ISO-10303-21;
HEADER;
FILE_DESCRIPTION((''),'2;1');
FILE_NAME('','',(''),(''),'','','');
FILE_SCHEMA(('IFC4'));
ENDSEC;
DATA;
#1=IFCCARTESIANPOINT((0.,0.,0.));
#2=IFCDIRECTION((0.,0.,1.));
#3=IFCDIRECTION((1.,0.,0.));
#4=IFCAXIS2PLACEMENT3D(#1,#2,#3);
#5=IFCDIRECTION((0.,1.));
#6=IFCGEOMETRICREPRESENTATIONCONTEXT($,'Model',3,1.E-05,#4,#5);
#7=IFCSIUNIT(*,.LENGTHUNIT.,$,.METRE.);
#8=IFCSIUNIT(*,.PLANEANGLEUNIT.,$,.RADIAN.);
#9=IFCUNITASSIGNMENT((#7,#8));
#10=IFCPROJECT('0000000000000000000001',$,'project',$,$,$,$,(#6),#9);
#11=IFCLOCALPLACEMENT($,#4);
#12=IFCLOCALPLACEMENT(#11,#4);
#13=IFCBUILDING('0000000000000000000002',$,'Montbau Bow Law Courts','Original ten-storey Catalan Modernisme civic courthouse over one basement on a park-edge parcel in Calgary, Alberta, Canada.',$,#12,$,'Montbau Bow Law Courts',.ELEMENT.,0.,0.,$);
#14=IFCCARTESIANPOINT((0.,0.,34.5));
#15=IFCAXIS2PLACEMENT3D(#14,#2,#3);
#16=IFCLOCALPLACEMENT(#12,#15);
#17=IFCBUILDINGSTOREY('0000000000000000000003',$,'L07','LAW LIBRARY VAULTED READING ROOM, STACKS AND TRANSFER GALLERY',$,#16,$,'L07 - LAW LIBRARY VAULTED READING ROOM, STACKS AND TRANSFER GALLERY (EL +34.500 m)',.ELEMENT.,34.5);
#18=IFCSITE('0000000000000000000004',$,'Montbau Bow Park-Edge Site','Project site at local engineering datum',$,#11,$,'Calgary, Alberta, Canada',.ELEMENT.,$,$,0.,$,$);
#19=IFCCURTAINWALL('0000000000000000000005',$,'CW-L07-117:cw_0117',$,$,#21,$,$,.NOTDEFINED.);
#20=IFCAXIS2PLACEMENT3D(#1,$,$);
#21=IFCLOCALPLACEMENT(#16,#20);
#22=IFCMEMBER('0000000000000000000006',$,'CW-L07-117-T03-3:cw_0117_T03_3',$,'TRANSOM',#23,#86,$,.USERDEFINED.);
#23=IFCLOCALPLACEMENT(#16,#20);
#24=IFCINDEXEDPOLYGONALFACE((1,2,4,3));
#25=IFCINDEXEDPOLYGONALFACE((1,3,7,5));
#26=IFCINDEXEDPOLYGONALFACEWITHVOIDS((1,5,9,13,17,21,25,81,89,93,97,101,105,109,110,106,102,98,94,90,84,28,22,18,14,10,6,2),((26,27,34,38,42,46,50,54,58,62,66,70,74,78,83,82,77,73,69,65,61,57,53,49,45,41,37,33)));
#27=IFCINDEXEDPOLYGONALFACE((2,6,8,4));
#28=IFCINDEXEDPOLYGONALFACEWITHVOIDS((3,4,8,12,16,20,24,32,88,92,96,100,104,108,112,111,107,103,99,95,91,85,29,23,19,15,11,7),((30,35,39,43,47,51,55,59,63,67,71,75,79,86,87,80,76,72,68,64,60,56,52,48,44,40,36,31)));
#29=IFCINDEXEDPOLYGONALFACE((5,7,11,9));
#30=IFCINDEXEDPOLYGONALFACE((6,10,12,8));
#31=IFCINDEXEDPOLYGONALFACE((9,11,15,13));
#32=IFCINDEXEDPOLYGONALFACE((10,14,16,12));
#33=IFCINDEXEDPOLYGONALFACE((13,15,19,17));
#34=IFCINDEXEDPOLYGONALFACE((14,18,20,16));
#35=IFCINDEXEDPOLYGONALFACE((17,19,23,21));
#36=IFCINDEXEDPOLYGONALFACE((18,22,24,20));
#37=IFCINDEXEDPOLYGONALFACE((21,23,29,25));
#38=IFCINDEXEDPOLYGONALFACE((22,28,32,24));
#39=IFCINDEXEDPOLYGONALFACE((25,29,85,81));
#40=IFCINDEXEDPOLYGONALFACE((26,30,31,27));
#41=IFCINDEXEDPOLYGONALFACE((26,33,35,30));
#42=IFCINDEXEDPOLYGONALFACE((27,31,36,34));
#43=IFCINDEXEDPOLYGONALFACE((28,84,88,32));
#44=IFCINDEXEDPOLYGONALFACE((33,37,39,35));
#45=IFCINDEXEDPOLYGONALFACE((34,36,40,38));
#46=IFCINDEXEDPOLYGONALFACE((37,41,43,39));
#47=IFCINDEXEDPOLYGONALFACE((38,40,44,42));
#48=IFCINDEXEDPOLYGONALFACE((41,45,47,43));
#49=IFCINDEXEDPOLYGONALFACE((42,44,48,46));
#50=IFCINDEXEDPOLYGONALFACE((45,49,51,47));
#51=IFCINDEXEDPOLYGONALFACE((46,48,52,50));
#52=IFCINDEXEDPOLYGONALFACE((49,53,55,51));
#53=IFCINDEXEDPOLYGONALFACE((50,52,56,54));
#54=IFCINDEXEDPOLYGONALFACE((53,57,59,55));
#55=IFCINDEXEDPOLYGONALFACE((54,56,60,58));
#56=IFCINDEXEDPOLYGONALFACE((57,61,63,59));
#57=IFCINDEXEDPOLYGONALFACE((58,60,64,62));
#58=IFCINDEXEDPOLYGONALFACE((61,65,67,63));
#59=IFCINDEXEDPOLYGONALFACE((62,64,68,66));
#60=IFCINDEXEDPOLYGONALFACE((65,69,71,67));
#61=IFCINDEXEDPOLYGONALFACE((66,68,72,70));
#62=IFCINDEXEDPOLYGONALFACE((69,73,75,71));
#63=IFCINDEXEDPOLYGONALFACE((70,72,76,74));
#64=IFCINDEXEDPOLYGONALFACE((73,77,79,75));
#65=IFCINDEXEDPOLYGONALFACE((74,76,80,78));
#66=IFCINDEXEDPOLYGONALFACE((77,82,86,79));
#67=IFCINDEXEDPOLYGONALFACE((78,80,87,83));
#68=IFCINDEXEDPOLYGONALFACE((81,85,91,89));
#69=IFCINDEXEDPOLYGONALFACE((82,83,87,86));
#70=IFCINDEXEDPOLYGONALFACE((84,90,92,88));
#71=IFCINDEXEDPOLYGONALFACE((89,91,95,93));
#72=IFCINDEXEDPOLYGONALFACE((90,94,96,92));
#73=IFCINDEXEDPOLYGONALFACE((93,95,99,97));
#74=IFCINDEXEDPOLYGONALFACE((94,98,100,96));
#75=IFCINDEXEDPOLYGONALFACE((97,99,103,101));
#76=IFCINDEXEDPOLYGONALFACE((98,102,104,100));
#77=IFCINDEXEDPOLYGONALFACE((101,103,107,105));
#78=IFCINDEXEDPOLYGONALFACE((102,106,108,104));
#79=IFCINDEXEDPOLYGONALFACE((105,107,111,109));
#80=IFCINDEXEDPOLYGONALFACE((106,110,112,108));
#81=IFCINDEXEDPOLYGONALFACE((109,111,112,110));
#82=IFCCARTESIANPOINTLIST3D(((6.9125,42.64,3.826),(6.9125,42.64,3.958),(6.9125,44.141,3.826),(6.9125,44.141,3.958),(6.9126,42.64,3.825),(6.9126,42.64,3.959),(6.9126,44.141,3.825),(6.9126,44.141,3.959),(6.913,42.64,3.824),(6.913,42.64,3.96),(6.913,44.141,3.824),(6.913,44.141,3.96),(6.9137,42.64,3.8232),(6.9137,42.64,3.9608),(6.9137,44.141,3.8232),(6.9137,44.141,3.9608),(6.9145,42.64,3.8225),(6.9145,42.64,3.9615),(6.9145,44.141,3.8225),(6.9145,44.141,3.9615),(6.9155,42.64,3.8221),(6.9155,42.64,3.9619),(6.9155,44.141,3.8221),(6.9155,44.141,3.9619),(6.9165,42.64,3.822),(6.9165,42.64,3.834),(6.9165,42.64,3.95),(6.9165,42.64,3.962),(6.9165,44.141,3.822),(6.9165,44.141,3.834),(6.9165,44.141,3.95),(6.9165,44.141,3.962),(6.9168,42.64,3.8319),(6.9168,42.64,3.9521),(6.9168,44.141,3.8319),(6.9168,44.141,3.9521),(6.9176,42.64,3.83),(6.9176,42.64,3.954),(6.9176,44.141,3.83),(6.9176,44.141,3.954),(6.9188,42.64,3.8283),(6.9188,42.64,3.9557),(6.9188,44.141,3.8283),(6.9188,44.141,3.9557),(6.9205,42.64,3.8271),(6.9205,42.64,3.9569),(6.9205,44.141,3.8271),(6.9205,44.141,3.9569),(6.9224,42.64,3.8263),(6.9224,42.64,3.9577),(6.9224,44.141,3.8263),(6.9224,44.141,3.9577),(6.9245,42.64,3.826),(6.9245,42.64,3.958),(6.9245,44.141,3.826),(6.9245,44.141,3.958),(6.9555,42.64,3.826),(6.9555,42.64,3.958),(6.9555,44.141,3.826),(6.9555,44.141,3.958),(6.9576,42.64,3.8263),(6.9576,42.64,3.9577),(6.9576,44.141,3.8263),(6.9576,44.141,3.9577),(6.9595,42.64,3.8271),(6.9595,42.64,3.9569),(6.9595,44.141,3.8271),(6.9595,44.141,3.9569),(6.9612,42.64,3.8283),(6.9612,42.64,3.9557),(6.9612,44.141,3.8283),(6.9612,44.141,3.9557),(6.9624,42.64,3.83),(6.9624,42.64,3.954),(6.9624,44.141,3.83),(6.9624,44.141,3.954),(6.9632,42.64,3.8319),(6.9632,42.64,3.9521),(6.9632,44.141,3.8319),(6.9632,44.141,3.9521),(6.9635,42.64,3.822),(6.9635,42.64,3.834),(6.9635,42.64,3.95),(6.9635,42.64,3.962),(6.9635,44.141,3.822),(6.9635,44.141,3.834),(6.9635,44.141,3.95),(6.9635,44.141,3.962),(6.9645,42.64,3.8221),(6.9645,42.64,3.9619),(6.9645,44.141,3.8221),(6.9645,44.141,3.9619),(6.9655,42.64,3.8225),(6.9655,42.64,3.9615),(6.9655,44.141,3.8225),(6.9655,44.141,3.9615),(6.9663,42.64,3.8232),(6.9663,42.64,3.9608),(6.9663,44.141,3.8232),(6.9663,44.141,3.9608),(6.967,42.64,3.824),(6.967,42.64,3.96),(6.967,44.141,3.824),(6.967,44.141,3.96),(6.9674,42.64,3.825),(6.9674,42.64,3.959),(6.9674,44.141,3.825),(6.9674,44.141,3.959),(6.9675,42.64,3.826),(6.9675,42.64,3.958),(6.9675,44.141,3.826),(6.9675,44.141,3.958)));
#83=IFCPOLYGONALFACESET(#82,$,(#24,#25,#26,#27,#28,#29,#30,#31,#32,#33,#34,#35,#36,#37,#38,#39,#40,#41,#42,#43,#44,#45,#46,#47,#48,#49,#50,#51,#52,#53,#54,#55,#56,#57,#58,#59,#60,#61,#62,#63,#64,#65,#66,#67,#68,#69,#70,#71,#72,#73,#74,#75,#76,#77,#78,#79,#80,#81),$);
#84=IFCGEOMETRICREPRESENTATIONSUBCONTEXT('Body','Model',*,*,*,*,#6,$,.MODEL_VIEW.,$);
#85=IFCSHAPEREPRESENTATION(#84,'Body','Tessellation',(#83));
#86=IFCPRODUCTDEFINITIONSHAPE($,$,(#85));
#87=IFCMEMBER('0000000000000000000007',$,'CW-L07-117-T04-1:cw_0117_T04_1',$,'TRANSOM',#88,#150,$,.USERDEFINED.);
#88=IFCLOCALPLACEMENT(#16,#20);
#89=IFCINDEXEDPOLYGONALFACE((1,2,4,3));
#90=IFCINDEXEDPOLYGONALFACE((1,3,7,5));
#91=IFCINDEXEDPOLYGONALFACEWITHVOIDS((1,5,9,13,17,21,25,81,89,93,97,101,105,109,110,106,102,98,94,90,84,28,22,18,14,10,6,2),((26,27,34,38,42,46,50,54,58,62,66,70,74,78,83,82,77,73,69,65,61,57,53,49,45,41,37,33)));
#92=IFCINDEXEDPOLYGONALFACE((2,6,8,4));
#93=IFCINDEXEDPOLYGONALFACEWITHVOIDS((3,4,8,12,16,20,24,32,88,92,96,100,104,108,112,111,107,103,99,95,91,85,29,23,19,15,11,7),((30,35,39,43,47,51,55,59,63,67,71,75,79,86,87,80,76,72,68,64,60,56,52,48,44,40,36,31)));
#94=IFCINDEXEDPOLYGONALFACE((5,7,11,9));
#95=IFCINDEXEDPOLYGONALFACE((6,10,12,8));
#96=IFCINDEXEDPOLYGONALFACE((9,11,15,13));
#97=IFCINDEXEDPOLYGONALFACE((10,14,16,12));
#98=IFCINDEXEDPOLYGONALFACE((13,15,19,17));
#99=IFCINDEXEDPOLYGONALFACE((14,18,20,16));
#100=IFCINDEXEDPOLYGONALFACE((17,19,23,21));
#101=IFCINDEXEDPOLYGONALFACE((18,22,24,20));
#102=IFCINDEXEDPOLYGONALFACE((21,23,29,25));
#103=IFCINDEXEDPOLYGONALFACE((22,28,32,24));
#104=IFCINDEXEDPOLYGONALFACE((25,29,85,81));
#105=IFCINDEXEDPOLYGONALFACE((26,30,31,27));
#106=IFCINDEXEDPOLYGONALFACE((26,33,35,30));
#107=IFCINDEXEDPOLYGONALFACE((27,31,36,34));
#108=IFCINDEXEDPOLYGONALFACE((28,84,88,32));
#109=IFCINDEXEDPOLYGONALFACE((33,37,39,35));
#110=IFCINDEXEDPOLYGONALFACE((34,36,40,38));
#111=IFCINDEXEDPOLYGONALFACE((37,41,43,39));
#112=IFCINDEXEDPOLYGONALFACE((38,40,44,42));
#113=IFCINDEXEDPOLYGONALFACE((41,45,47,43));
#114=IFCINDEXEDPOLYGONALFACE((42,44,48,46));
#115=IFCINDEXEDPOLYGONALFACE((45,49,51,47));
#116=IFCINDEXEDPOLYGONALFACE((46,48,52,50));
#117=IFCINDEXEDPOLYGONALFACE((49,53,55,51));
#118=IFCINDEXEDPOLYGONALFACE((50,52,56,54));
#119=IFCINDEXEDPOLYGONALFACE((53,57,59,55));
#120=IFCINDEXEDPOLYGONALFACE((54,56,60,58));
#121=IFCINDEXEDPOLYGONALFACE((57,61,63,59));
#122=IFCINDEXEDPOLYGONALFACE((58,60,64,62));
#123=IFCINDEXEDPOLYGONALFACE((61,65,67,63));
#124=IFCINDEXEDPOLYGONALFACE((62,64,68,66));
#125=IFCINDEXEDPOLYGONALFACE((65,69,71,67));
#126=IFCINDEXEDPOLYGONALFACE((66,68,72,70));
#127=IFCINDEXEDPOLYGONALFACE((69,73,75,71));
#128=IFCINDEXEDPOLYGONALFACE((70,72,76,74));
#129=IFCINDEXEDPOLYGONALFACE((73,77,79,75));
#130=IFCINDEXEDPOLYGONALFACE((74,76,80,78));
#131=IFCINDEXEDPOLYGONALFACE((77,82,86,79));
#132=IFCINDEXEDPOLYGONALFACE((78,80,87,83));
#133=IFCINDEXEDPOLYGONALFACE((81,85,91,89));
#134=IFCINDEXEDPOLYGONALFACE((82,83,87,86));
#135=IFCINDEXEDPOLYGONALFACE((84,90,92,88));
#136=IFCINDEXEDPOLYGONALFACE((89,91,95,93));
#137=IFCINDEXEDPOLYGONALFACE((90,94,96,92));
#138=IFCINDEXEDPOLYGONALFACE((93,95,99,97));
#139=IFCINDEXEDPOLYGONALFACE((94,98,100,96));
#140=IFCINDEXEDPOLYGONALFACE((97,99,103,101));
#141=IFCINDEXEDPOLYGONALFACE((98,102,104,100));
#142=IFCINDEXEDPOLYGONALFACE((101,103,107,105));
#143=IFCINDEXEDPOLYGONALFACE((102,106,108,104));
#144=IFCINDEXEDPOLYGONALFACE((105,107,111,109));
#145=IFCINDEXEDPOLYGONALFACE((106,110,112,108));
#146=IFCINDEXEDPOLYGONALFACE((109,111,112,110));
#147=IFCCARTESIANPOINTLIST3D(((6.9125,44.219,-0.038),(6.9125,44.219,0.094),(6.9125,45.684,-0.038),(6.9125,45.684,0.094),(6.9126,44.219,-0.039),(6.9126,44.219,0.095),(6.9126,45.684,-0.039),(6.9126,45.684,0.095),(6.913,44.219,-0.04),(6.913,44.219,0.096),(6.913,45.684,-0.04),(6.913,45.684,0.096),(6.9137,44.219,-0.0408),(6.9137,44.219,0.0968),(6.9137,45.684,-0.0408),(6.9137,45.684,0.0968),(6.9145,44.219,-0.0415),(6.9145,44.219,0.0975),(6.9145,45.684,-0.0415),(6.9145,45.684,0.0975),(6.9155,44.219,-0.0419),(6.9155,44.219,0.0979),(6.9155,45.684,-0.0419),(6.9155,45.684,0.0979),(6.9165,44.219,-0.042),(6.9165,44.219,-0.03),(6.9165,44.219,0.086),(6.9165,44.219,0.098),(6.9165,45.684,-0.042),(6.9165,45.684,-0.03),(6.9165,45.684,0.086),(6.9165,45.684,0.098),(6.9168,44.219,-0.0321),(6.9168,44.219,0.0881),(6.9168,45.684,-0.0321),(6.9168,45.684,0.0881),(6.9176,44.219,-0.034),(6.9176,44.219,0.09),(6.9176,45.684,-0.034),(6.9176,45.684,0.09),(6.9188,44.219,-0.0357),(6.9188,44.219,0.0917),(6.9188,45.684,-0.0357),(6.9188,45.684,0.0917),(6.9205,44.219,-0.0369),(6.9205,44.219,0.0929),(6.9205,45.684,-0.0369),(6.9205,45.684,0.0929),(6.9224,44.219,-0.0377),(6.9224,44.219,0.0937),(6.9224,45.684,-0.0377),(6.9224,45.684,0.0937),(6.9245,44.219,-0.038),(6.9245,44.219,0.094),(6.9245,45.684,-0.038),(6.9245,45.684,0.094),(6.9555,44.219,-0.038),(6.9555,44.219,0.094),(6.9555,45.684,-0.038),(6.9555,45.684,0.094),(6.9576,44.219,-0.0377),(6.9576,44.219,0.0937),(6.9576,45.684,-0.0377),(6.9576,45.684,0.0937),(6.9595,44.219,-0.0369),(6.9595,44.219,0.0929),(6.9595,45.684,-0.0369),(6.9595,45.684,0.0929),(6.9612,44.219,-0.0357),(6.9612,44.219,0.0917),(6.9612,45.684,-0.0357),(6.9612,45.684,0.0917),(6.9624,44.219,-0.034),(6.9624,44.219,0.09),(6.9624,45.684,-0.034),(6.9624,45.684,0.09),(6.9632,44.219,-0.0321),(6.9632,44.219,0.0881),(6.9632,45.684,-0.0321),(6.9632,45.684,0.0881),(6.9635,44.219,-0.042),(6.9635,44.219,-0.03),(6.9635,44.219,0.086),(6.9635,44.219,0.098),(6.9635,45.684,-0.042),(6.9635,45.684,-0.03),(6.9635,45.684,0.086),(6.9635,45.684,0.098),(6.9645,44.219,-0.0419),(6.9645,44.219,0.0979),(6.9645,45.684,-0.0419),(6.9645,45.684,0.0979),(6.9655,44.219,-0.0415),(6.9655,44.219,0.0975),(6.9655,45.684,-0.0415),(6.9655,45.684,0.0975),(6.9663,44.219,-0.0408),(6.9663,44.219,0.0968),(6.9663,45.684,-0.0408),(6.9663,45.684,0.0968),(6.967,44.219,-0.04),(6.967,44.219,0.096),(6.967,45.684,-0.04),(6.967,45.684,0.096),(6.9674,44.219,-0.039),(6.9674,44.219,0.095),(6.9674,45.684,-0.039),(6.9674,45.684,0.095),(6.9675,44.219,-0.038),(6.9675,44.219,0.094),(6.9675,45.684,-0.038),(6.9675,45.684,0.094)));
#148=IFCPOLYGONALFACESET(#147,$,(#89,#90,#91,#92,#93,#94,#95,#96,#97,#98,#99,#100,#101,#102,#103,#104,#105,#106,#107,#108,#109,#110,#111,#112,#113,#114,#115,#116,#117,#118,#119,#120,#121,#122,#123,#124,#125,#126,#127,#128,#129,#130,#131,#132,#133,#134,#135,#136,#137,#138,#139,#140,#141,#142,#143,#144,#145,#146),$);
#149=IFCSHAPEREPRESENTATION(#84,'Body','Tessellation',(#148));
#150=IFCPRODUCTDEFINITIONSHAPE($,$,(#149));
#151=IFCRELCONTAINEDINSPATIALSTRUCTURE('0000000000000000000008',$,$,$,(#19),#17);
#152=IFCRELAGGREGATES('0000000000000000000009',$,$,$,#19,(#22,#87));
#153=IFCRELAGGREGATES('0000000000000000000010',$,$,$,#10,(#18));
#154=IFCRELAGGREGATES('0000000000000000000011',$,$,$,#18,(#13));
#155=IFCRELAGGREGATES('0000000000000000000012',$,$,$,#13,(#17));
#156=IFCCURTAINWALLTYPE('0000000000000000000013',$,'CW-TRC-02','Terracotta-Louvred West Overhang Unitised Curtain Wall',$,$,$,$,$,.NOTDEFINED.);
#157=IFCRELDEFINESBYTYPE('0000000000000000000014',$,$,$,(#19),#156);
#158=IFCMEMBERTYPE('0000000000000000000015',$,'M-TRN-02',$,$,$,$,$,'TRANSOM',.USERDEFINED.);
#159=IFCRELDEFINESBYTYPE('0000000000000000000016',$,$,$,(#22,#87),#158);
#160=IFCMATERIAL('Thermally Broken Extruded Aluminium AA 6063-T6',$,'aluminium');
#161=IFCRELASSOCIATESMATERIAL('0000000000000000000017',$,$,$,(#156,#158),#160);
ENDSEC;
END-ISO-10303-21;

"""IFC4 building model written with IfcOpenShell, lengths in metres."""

from ifc_helpers import new_model, si_unit, direction, frame, origin_with_axes, origin_2d_with_axis, place, context, subcontext, project, spatial, hollow_rectangle, extrude, material, material_profile, profile_set, type_object, element, aggregate, save


model = new_model("IFC4")

# Units and contexts
model_context = context("Model", 3, precision=1e-05, world=origin_with_axes(), true_north=direction((0.0, 1.0)))
body_context = subcontext(model_context, "Body", "Model", "MODEL_VIEW")
ifc_project = project(units=[si_unit("LENGTHUNIT", "METRE"), si_unit("PLANEANGLEUNIT", "RADIAN")], contexts=[model_context])

# Site, building, storey
site_placement = place(None, origin_with_axes())
site = spatial("IfcSite", under=ifc_project, at=site_placement, Name="Montbau Bow Park-Edge Site", Description="Project site at local engineering datum", LongName="Calgary, Alberta, Canada", CompositionType="ELEMENT", RefElevation=0.0)
building_placement = place(site_placement, origin_with_axes())
building = spatial("IfcBuilding", under=site, at=building_placement, Name="Montbau Bow Law Courts", Description="Original ten-storey Catalan Modernisme civic courthouse over one basement on a park-edge parcel in Calgary, Alberta, Canada.", LongName="Montbau Bow Law Courts", CompositionType="ELEMENT", ElevationOfRefHeight=0.0, ElevationOfTerrain=0.0)
storey_placement = place(building_placement, frame((0.0, 0.0, 34.5), z_axis=(0.0, 0.0, 1.0), x_axis=(1.0, 0.0, 0.0)))
storey = spatial("IfcBuildingStorey", under=building, at=storey_placement, Name="L07", Description="LAW LIBRARY VAULTED READING ROOM, STACKS AND TRANSFER GALLERY", LongName="L07 - LAW LIBRARY VAULTED READING ROOM, STACKS AND TRANSFER GALLERY (EL +34.500 m)", CompositionType="ELEMENT", Elevation=34.5)

# Curtain wall, members
ifc_material_1 = material(Name="Thermally Broken Extruded Aluminium AA 6063-T6", Category="aluminium")
curtain_wall_type = type_object("IfcCurtainWallType", Name="CW-TRC-02", Description="Terracotta-Louvred West Overhang Unitised Curtain Wall", PredefinedType="NOTDEFINED", material=ifc_material_1)
curtain_wall_placement = place(None, frame((6.94, 39.44, 34.5), z_axis=(0.0, 0.0, 1.0), x_axis=(1.0, 0.0, 0.0)))
curtain_wall = element("IfcCurtainWall", 1, at=curtain_wall_placement, inside=storey, type_object=curtain_wall_type, Name="CW-L07-117:cw_0117", PredefinedType="NOTDEFINED")
ifc_material_profile_1 = material_profile(ifc_material_1, hollow_rectangle(XDim=0.055, YDim=0.14, WallThickness=0.004, InnerFilletRadius=0.008, OuterFilletRadius=0.004, at=origin_2d_with_axis()), Name="CWT-140X55", Category="Main", Priority=0)
ifc_profile_set_1 = profile_set([ifc_material_profile_1], Name="Thermally Broken Extruded Aluminium AA 6063-T6")
member_type_1 = type_object("IfcMemberType", Name="M-TRN-02", ElementType="TRANSOM", PredefinedType="USERDEFINED", material=ifc_profile_set_1)
member_1_placement = place(None, frame((6.94, 42.64, 38.392), z_axis=(0.0, 1.0, 0.0), x_axis=(-1.0, 0.0, 0.0)))
member_1 = element("IfcMember", 2, at=member_1_placement, type_object=member_type_1, Name="CW-L07-117-T03-3:cw_0117_T03_3", ObjectType="TRANSOM", PredefinedType="USERDEFINED", context=body_context, shape_type="SweptSolid", body=[
    extrude(hollow_rectangle(XDim=0.055, YDim=0.14, WallThickness=0.004, InnerFilletRadius=0.008, OuterFilletRadius=0.004, at=origin_2d_with_axis()), origin_with_axes(), (0.0, 0.0, 1.0), 1.501),
])
member_2_placement = place(None, frame((6.94, 44.219, 34.528), z_axis=(0.0, 1.0, 0.0), x_axis=(-1.0, 0.0, 0.0)))
member_2 = element("IfcMember", 3, at=member_2_placement, type_object=member_type_1, Name="CW-L07-117-T04-1:cw_0117_T04_1", ObjectType="TRANSOM", PredefinedType="USERDEFINED", context=body_context, shape_type="SweptSolid", body=[
    extrude(hollow_rectangle(XDim=0.055, YDim=0.14, WallThickness=0.004, InnerFilletRadius=0.008, OuterFilletRadius=0.004, at=origin_2d_with_axis()), origin_with_axes(), (0.0, 0.0, 1.0), 1.465),
])
aggregate(curtain_wall, [member_1, member_2])

save(model, "model.ifc")
